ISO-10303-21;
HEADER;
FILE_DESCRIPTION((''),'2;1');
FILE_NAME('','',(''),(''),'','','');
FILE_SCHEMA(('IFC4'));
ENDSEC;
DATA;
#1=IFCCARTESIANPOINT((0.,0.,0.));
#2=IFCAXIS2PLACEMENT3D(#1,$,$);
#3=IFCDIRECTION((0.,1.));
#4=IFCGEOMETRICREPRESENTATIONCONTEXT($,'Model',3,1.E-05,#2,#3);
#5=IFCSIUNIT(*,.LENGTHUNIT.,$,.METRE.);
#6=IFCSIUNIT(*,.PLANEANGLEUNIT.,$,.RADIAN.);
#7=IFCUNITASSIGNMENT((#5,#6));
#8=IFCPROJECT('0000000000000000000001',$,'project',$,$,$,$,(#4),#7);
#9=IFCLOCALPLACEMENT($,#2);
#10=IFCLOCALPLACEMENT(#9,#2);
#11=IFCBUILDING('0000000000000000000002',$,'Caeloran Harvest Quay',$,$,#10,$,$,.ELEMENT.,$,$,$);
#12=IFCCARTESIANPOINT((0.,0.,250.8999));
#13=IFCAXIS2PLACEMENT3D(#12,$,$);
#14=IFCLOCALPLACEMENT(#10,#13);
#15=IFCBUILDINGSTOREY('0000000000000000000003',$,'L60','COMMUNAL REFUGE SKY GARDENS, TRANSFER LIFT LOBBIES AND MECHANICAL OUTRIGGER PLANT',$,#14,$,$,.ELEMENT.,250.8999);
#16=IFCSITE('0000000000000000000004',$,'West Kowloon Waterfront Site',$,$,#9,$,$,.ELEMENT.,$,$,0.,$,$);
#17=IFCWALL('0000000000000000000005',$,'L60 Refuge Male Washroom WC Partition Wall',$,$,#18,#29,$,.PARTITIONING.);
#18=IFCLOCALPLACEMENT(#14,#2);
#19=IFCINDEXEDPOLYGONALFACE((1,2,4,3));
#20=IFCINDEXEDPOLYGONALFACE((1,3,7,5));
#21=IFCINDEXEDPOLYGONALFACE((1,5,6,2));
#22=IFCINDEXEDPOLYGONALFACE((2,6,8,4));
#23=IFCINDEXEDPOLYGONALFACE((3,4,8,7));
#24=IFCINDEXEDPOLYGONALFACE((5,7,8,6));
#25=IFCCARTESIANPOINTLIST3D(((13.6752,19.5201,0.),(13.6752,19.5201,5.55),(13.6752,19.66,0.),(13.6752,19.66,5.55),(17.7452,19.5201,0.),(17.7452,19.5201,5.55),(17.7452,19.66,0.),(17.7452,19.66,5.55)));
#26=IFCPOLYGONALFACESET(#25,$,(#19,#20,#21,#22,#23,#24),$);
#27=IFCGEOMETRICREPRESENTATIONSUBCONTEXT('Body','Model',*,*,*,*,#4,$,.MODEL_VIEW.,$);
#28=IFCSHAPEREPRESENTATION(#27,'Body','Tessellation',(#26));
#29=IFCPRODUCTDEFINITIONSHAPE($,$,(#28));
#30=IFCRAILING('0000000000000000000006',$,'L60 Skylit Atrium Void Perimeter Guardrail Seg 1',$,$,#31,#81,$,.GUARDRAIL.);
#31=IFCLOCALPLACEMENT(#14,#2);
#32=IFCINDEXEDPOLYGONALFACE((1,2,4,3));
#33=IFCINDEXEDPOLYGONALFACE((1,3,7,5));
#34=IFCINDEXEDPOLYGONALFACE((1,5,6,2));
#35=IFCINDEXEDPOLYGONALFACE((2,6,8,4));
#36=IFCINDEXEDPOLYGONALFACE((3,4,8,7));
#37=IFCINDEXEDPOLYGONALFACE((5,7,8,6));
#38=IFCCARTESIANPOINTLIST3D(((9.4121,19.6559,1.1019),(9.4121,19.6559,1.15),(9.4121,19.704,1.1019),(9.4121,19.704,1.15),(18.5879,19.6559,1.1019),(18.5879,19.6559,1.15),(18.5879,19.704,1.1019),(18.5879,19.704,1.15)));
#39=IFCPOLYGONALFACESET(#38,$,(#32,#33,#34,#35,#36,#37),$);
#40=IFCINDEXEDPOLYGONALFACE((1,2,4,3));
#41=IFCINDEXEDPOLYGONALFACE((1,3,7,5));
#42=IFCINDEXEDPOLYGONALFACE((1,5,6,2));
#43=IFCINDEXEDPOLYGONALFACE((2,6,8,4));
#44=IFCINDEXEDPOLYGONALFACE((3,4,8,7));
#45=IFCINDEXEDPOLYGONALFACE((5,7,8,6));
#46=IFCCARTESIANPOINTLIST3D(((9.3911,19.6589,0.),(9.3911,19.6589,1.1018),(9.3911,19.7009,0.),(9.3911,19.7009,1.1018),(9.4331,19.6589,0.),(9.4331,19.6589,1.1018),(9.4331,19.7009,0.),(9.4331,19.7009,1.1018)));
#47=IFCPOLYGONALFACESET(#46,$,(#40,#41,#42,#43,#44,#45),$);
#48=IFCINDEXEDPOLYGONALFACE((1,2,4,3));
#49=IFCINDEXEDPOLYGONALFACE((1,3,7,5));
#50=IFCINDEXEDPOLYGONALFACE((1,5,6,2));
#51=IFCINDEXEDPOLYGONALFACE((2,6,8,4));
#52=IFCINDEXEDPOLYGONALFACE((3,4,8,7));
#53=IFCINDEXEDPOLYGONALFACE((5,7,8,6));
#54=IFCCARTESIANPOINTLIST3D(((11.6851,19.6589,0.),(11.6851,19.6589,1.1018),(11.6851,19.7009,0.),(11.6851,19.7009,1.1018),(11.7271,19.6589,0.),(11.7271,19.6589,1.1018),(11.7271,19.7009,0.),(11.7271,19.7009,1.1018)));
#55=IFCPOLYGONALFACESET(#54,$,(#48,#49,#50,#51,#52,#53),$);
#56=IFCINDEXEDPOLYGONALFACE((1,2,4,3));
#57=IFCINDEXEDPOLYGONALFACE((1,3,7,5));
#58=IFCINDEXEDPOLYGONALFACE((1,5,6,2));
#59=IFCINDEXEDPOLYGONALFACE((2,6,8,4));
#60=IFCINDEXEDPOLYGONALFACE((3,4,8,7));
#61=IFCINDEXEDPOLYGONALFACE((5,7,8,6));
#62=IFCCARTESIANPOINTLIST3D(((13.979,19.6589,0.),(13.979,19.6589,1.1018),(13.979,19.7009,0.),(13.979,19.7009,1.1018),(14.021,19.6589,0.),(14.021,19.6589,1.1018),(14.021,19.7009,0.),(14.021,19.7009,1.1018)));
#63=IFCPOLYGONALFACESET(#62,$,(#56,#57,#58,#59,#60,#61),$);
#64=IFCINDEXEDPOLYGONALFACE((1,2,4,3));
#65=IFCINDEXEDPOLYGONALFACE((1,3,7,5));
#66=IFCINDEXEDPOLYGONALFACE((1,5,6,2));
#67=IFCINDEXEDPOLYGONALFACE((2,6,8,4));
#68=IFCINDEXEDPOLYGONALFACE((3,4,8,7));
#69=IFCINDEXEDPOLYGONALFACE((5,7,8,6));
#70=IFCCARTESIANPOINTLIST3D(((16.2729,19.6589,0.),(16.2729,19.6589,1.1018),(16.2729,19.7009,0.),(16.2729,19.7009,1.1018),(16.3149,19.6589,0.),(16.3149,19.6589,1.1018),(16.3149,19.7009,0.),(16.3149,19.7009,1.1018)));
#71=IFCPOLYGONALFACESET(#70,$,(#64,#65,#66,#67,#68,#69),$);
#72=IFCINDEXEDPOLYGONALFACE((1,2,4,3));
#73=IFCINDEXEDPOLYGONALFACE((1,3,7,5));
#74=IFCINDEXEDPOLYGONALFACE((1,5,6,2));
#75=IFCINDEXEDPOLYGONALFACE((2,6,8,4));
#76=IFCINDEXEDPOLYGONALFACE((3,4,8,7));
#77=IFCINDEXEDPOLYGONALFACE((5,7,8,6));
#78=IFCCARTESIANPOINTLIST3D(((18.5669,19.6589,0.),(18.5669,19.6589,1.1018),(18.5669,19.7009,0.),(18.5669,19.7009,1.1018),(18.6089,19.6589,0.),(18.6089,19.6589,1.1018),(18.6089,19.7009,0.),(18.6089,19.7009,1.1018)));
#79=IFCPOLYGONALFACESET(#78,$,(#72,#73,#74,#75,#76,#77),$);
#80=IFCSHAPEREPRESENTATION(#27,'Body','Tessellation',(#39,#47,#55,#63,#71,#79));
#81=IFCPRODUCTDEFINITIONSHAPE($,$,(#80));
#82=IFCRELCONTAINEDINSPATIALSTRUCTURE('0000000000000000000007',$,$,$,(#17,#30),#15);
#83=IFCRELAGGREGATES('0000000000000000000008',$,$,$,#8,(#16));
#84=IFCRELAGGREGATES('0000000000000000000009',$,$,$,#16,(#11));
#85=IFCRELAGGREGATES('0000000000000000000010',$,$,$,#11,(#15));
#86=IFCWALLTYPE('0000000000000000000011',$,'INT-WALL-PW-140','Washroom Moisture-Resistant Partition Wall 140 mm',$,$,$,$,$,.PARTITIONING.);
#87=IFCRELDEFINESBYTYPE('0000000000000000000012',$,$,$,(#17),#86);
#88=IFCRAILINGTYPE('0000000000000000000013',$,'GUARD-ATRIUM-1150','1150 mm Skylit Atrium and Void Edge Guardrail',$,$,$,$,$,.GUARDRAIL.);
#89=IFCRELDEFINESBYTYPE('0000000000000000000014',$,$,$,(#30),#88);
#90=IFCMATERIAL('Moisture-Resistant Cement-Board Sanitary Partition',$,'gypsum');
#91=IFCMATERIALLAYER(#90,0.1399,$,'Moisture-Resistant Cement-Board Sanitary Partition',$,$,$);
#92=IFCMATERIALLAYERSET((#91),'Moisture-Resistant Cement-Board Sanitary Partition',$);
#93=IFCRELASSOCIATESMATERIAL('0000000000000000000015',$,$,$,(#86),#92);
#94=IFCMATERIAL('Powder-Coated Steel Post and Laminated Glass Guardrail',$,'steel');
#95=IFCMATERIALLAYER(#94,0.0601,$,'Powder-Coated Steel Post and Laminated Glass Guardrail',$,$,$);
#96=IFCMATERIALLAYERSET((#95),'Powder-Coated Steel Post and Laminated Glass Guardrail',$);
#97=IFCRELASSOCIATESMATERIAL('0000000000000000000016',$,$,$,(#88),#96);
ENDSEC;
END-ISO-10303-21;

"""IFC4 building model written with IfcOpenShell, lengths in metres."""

from ifc_helpers import new_model, si_unit, direction, frame, frame_2d, origin, origin_2d, place, context, subcontext, project, spatial, rectangle, extrude, material, layer, layer_set, type_object, element, save


model = new_model("IFC4")

# Units and contexts
model_context = context("Model", 3, precision=1e-05, world=origin(), true_north=direction((0.0, 1.0)))
body_context = subcontext(model_context, "Body", "Model", "MODEL_VIEW")
ifc_project = project(units=[si_unit("LENGTHUNIT", "METRE"), si_unit("PLANEANGLEUNIT", "RADIAN")], contexts=[model_context])

# Site, building, storey
site_placement = place(None, origin())
site = spatial("IfcSite", under=ifc_project, at=site_placement, Name="West Kowloon Waterfront Site", CompositionType="ELEMENT", RefElevation=0.0)
building_placement = place(site_placement, origin())
building = spatial("IfcBuilding", under=site, at=building_placement, Name="Caeloran Harvest Quay", CompositionType="ELEMENT")
storey_placement = place(building_placement, frame((0.0, 0.0, 250.8999)))
storey = spatial("IfcBuildingStorey", under=building, at=storey_placement, Name="L60", Description="COMMUNAL REFUGE SKY GARDENS, TRANSFER LIFT LOBBIES AND MECHANICAL OUTRIGGER PLANT", CompositionType="ELEMENT", Elevation=250.8999)

# Wall
ifc_material_1 = material(Name="Moisture-Resistant Cement-Board Sanitary Partition", Category="gypsum")
ifc_layer_1 = layer(ifc_material_1, 0.1399, Name="Moisture-Resistant Cement-Board Sanitary Partition")
ifc_layer_set_1 = layer_set([ifc_layer_1], Name="Moisture-Resistant Cement-Board Sanitary Partition")
wall_type = type_object("IfcWallType", Name="INT-WALL-PW-140", Description="Washroom Moisture-Resistant Partition Wall 140 mm", PredefinedType="PARTITIONING", material=ifc_layer_set_1)
wall_1_placement = place(storey_placement, frame((13.675, 19.5901, 0.0), z_axis=(0.0, 0.0, 1.0), x_axis=(1.0, 0.0, 0.0)))
element("IfcWall", 1, at=wall_1_placement, inside=storey, type_object=wall_type, Name="L60 Refuge Male Washroom WC Partition Wall", PredefinedType="PARTITIONING", context=body_context, shape_type="SweptSolid", body=[
    extrude(rectangle(XDim=4.0701, YDim=0.1399, at=frame_2d((2.0352, 0.0))), origin(), (0.0, 0.0, 1.0), 5.55),
])

# Railing
ifc_material_2 = material(Name="Powder-Coated Steel Post and Laminated Glass Guardrail", Category="steel")
ifc_layer_2 = layer(ifc_material_2, 0.0601, Name="Powder-Coated Steel Post and Laminated Glass Guardrail")
ifc_layer_set_2 = layer_set([ifc_layer_2], Name="Powder-Coated Steel Post and Laminated Glass Guardrail")
railing_type = type_object("IfcRailingType", Name="GUARD-ATRIUM-1150", Description="1150 mm Skylit Atrium and Void Edge Guardrail", PredefinedType="GUARDRAIL", material=ifc_layer_set_2)
railing_placement = place(storey_placement, frame((9.4121, 19.6799, 0.0)))
element("IfcRailing", 2, at=railing_placement, inside=storey, type_object=railing_type, Name="L60 Skylit Atrium Void Perimeter Guardrail Seg 1", PredefinedType="GUARDRAIL", context=body_context, shape_type="SweptSolid", body=[
    extrude(rectangle(XDim=0.0481, YDim=0.0481, at=origin_2d()), frame((0.0, 0.0, 1.126), z_axis=(1.0, 0.0, 0.0), x_axis=(0.0, 1.0, 0.0)), (0.0, 0.0, 1.0), 9.1758),
    extrude(rectangle(XDim=0.042, YDim=0.042, at=origin_2d()), origin(), (0.0, 0.0, 1.0), 1.1018),
    extrude(rectangle(XDim=0.042, YDim=0.042, at=origin_2d()), frame((2.2939, 0.0, 0.0)), (0.0, 0.0, 1.0), 1.1018),
    extrude(rectangle(XDim=0.042, YDim=0.042, at=origin_2d()), frame((4.5879, 0.0, 0.0)), (0.0, 0.0, 1.0), 1.1018),
    extrude(rectangle(XDim=0.042, YDim=0.042, at=origin_2d()), frame((6.8818, 0.0, 0.0)), (0.0, 0.0, 1.0), 1.1018),
    extrude(rectangle(XDim=0.042, YDim=0.042, at=origin_2d()), frame((9.1758, 0.0, 0.0)), (0.0, 0.0, 1.0), 1.1018),
])

save(model, "model.ifc")
